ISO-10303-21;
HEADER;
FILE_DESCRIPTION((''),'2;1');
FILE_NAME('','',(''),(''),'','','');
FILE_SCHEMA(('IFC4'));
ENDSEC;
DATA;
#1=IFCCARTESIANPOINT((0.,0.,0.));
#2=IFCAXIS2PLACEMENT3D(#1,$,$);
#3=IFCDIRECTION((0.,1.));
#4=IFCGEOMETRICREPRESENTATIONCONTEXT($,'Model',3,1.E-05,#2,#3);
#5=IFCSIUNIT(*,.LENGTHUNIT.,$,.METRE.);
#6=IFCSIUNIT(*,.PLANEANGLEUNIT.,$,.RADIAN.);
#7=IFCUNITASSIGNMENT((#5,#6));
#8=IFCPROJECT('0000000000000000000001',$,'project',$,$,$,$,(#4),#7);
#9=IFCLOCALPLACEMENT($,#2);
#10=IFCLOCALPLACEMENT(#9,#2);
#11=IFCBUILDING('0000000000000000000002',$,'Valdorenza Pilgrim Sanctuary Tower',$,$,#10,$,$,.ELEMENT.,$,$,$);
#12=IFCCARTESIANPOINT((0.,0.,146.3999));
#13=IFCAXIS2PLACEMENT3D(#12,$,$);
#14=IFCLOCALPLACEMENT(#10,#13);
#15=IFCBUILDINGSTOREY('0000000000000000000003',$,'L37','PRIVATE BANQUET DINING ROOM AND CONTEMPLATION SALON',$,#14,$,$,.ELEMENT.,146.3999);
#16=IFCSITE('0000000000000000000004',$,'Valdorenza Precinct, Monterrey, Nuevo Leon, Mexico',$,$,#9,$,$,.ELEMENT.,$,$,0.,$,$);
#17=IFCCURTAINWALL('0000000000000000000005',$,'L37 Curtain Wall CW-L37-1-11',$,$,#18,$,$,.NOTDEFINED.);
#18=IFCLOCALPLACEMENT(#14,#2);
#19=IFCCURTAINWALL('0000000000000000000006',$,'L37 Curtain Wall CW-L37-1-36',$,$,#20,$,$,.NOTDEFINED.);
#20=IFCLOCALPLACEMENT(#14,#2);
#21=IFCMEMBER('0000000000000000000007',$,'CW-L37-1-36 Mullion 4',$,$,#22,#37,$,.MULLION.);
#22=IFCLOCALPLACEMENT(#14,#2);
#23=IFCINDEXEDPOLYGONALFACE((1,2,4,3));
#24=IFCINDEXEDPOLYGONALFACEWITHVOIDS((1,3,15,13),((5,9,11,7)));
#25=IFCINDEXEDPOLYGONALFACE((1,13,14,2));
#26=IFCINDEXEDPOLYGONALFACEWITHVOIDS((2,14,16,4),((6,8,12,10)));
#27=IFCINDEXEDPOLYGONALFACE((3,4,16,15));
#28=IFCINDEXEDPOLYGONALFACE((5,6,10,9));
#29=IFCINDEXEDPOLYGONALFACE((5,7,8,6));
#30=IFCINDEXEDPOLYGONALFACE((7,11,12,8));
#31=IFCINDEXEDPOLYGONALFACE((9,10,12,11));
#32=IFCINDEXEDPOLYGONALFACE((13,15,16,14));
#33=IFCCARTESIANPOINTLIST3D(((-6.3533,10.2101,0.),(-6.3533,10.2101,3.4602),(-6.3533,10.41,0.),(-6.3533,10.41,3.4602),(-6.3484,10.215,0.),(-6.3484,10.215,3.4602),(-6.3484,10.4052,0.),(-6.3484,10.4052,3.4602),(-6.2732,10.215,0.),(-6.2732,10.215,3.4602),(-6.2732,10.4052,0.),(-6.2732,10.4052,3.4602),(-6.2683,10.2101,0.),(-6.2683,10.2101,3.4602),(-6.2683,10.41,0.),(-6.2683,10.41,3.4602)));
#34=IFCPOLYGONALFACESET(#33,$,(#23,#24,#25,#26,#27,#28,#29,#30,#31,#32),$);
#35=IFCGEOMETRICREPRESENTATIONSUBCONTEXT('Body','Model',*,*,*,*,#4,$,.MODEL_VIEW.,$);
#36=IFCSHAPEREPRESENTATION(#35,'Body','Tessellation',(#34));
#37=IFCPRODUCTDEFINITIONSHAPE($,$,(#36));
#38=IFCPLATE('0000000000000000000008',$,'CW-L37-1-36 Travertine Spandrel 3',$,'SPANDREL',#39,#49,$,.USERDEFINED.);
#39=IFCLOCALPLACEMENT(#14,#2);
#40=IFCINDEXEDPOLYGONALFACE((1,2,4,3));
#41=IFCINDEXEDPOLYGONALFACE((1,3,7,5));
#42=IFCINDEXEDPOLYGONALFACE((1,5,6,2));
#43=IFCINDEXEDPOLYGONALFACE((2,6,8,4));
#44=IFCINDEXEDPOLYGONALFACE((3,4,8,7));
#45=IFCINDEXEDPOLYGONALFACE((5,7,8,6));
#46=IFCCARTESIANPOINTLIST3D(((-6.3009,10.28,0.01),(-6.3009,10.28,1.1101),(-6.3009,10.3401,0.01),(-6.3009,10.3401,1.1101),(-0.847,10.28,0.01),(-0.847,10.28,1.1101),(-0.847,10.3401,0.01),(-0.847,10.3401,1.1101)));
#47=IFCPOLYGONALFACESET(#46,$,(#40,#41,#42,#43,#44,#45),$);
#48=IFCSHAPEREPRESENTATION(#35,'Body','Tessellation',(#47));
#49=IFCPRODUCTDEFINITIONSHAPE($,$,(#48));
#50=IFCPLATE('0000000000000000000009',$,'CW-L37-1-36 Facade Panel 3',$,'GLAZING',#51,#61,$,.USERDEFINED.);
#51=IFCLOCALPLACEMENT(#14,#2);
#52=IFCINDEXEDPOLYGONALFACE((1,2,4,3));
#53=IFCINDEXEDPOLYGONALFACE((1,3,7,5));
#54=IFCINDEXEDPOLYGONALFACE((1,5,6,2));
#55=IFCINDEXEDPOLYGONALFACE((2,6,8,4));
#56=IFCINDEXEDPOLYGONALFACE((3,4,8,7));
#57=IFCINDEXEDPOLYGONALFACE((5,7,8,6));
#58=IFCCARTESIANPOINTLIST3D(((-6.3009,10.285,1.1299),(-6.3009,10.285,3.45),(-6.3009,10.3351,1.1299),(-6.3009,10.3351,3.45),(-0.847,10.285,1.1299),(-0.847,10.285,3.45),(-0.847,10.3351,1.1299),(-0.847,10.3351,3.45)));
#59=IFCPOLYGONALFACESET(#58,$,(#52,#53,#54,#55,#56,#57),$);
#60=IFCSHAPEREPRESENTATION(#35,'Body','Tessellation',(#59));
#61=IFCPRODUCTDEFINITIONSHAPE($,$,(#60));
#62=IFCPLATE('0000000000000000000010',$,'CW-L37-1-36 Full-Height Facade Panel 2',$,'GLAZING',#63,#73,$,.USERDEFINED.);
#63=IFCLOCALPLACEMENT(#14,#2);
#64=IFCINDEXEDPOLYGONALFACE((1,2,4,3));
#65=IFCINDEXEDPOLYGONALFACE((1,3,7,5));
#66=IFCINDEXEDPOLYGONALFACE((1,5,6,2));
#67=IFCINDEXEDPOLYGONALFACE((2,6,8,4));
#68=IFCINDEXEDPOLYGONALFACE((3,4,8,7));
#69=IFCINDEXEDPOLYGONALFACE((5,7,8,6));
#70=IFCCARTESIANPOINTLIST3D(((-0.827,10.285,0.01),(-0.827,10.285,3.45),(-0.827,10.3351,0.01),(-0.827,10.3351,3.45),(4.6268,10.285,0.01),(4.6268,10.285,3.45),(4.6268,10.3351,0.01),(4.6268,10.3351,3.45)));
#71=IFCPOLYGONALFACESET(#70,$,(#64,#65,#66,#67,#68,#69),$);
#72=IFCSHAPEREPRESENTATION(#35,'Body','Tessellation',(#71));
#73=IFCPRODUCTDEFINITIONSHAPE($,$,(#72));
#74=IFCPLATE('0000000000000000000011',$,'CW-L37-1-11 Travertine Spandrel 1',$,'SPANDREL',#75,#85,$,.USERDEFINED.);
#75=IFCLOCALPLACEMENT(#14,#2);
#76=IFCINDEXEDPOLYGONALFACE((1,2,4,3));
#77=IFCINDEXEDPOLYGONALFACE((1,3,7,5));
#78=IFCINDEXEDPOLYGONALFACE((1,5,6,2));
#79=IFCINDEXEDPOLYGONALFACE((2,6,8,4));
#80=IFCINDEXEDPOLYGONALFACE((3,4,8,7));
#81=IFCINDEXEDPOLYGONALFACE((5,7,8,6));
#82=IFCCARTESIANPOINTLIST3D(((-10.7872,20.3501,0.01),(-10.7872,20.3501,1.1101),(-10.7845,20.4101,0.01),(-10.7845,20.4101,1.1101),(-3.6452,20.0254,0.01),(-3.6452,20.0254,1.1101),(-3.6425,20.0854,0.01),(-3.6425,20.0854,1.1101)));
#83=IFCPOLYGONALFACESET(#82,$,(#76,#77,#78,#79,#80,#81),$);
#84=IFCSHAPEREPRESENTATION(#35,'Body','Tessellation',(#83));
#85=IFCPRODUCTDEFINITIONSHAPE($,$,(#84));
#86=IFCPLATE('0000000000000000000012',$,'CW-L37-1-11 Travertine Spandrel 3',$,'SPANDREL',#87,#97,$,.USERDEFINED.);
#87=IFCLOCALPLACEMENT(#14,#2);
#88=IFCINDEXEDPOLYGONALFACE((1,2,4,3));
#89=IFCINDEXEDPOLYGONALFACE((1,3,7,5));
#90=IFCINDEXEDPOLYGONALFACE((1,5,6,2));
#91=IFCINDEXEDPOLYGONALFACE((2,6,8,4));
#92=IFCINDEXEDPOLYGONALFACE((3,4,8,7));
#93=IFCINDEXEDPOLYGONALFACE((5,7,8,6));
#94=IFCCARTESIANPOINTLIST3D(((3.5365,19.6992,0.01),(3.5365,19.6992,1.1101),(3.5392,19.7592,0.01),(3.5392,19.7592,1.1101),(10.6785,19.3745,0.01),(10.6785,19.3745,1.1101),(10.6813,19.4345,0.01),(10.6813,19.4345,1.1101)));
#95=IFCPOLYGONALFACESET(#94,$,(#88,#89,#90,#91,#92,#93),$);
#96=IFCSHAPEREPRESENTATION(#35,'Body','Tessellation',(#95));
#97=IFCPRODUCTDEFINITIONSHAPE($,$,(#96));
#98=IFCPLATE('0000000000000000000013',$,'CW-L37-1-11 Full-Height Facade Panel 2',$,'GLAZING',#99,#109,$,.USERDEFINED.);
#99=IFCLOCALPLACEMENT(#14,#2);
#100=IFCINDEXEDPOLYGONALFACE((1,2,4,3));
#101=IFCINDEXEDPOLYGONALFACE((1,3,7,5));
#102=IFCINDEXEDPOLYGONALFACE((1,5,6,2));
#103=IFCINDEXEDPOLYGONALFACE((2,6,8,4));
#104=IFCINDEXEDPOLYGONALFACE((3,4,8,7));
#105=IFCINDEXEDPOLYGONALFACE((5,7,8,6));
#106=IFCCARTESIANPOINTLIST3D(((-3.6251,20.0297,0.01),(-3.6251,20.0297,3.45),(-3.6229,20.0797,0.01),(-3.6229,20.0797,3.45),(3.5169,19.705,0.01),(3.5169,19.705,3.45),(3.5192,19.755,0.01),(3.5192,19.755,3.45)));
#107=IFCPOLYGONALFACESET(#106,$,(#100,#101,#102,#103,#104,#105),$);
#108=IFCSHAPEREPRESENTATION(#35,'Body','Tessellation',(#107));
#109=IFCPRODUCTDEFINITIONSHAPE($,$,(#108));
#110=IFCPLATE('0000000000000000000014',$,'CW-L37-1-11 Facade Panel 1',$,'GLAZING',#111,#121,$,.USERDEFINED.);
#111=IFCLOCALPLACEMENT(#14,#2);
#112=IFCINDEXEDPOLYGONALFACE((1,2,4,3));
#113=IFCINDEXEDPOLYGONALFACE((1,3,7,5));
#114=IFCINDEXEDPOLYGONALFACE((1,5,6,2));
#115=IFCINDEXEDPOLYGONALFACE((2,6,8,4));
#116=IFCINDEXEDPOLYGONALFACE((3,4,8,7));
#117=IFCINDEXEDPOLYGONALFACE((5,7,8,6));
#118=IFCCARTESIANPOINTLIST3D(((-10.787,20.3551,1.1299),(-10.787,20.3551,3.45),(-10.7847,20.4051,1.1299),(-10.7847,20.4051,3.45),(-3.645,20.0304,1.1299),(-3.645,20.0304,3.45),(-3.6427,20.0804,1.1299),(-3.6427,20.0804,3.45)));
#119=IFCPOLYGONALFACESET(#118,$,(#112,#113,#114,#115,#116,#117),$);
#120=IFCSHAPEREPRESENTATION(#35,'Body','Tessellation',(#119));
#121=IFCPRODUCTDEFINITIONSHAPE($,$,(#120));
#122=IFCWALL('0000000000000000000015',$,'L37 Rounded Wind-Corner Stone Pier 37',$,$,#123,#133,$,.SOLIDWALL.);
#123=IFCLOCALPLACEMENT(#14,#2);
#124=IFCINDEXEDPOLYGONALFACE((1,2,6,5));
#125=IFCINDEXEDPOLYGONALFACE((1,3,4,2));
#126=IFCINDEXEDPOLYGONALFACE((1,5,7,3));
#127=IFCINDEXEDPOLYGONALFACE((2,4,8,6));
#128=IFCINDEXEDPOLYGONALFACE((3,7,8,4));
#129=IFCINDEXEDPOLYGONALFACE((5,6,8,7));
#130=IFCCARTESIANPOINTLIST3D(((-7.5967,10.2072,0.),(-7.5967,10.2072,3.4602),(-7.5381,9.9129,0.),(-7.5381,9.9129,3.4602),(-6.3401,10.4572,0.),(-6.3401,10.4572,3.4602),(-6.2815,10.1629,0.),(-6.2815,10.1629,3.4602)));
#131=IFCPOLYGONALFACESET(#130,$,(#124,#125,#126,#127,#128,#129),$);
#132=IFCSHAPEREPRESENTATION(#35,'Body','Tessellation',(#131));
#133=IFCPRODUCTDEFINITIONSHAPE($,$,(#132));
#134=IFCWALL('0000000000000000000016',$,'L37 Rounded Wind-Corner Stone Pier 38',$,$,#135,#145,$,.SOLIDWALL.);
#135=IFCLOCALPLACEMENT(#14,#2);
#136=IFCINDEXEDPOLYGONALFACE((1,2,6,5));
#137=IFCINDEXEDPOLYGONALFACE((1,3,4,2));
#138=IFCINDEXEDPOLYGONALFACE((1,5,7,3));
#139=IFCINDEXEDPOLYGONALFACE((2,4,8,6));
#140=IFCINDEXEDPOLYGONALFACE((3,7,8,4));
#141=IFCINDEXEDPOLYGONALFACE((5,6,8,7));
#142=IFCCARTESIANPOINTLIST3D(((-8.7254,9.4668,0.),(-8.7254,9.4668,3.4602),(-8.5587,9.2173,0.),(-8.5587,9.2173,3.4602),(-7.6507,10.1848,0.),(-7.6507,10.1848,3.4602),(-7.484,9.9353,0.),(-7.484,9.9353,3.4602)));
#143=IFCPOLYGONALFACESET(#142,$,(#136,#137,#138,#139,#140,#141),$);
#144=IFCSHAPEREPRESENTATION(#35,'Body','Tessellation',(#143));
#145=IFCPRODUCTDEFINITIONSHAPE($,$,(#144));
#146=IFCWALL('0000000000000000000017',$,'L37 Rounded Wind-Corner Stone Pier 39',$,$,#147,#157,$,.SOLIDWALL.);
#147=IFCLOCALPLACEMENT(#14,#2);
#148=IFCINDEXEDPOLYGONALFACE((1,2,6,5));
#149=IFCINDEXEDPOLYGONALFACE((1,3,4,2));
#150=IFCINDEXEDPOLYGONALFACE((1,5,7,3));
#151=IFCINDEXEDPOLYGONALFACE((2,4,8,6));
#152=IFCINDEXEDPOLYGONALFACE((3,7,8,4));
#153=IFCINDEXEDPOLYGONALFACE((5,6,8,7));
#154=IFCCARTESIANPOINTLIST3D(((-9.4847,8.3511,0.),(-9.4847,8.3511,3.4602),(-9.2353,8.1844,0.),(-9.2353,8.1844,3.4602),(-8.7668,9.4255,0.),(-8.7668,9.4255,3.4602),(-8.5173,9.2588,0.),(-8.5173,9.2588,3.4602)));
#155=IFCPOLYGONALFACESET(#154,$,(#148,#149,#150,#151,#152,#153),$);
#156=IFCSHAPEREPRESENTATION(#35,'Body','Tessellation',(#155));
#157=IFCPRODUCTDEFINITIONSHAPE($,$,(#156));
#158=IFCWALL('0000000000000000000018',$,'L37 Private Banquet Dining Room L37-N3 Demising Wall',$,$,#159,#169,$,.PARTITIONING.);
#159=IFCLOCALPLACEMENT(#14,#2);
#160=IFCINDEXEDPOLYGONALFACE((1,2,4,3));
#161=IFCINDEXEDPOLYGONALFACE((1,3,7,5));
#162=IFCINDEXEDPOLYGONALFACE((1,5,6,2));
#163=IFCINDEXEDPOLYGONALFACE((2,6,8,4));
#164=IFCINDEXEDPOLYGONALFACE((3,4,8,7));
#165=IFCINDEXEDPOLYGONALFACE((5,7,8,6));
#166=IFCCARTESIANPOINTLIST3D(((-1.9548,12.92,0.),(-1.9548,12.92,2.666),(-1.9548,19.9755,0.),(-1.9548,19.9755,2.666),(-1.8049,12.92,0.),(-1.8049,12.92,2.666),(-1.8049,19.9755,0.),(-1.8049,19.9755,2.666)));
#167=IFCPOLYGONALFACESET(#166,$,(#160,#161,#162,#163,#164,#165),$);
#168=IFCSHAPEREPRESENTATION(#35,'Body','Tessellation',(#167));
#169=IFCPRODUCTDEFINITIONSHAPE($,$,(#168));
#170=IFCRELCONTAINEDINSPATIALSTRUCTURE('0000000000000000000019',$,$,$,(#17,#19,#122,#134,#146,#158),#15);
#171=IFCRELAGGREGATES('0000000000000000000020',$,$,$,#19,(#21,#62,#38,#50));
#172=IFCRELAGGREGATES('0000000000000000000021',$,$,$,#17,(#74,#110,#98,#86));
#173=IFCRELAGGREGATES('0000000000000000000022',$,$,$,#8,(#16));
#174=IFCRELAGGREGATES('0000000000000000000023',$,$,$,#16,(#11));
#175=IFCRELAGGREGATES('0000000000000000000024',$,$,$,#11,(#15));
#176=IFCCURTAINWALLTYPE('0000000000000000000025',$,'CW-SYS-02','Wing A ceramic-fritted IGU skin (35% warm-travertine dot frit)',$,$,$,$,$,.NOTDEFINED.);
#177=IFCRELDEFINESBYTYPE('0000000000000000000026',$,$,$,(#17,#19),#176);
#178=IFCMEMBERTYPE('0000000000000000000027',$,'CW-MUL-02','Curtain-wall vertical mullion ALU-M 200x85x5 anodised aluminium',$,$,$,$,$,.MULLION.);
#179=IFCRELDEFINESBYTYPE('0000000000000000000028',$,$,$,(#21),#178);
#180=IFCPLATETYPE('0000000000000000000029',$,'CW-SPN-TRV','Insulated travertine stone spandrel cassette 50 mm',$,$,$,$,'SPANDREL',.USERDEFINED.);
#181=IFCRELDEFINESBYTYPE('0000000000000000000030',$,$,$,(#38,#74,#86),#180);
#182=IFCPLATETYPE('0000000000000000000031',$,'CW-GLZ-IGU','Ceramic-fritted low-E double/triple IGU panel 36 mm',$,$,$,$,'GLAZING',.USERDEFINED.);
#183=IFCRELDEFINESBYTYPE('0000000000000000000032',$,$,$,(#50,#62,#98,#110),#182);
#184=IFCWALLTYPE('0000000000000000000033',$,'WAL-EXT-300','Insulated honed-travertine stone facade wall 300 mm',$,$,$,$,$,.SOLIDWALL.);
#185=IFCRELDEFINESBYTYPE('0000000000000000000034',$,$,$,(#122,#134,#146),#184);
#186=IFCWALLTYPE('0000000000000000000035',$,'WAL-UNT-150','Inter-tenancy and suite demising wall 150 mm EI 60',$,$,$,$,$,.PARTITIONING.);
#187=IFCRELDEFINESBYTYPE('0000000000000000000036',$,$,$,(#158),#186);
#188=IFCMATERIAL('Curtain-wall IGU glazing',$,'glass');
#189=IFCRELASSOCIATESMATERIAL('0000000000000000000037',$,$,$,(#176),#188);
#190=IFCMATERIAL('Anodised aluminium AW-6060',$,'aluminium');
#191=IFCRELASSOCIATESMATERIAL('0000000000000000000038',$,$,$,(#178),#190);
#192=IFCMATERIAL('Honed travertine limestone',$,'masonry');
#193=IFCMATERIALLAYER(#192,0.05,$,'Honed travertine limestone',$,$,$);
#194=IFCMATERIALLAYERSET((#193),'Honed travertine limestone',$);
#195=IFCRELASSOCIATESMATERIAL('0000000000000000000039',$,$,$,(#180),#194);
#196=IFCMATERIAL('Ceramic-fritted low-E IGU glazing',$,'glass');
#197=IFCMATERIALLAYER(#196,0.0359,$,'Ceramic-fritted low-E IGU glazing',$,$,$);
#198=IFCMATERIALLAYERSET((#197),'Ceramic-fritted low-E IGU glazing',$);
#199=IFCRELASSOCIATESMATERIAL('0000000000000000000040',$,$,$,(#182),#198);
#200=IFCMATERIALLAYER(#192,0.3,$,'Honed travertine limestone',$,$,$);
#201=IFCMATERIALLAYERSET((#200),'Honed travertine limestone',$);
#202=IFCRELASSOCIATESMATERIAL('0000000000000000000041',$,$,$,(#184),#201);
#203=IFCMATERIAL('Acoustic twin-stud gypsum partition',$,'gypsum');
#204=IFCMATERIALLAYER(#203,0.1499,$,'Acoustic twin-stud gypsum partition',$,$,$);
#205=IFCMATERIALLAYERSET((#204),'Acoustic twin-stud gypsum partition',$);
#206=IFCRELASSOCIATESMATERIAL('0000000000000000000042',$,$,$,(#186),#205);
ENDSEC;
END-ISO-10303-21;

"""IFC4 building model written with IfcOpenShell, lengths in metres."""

from ifc_helpers import new_model, si_unit, direction, frame, frame_2d, origin, origin_2d, place, context, subcontext, project, spatial, rectangle, hollow_rectangle, extrude, source, transform, mapped, material, layer, layer_set, material_profile, profile_set, type_object, element, aggregate, save


model = new_model("IFC4")

# Units and contexts
model_context = context("Model", 3, precision=1e-05, world=origin(), true_north=direction((0.0, 1.0)))
body_context = subcontext(model_context, "Body", "Model", "MODEL_VIEW")
ifc_project = project(units=[si_unit("LENGTHUNIT", "METRE"), si_unit("PLANEANGLEUNIT", "RADIAN")], contexts=[model_context])

# Site, building, storey
site_placement = place(None, origin())
site = spatial("IfcSite", under=ifc_project, at=site_placement, Name="Valdorenza Precinct, Monterrey, Nuevo Leon, Mexico", CompositionType="ELEMENT", RefElevation=0.0)
building_placement = place(site_placement, origin())
building = spatial("IfcBuilding", under=site, at=building_placement, Name="Valdorenza Pilgrim Sanctuary Tower", CompositionType="ELEMENT")
storey_placement = place(building_placement, frame((0.0, 0.0, 146.3999)))
storey = spatial("IfcBuildingStorey", under=building, at=storey_placement, Name="L37", Description="PRIVATE BANQUET DINING ROOM AND CONTEMPLATION SALON", CompositionType="ELEMENT", Elevation=146.3999)

# Curtain wall
ifc_material_1 = material(Name="Curtain-wall IGU glazing", Category="glass")
curtain_wall_type = type_object("IfcCurtainWallType", Name="CW-SYS-02", Description="Wing A ceramic-fritted IGU skin (35% warm-travertine dot frit)", PredefinedType="NOTDEFINED", material=ifc_material_1)
curtain_wall_1_placement = place(storey_placement, origin())
curtain_wall_1 = element("IfcCurtainWall", 1, at=curtain_wall_1_placement, inside=storey, type_object=curtain_wall_type, Name="L37 Curtain Wall CW-L37-1-11", PredefinedType="NOTDEFINED")
ifc_material_2 = material(Name="Anodised aluminium AW-6060", Category="aluminium")
ifc_material_profile_1 = material_profile(ifc_material_2, hollow_rectangle(XDim=0.085, YDim=0.2, WallThickness=0.0049, at=origin_2d()), Name="ALU-M 200x85x5")
ifc_profile_set_1 = profile_set([ifc_material_profile_1], Name="Anodised aluminium AW-6060")
member_type = type_object("IfcMemberType", Name="CW-MUL-02", Description="Curtain-wall vertical mullion ALU-M 200x85x5 anodised aluminium", PredefinedType="MULLION", material=ifc_profile_set_1)
shared_shape_1 = source(origin(), body_context, "Body", "SweptSolid", [
    extrude(hollow_rectangle(XDim=0.085, YDim=0.2, WallThickness=0.0049, at=origin_2d()), origin(), (0.0, 0.0, 1.0), 3.4602),
])

# Curtain wall, member, plates
curtain_wall_2_placement = place(storey_placement, origin())
curtain_wall_2 = element("IfcCurtainWall", 2, at=curtain_wall_2_placement, inside=storey, type_object=curtain_wall_type, Name="L37 Curtain Wall CW-L37-1-36", PredefinedType="NOTDEFINED")
member_1_placement = place(storey_placement, frame((-6.3108, 10.3101, 0.0), z_axis=(0.0, 0.0, 1.0), x_axis=(-1.0, 0.0, 0.0)))
member_1 = element("IfcMember", 3, at=member_1_placement, type_object=member_type, Name="CW-L37-1-36 Mullion 4", PredefinedType="MULLION", context=body_context, shape_type="MappedRepresentation", body=[
    mapped(shared_shape_1, transform((0.0, 0.0, 0.0), x_axis=(1.0, 0.0, 0.0), y_axis=(0.0, 1.0, 0.0), z_axis=(0.0, 0.0, 1.0), scale=1.0)),
])
ifc_material_3 = material(Name="Honed travertine limestone", Category="masonry")
ifc_layer_1 = layer(ifc_material_3, 0.05, Name="Honed travertine limestone")
ifc_layer_set_1 = layer_set([ifc_layer_1], Name="Honed travertine limestone")
plate_type_1 = type_object("IfcPlateType", Name="CW-SPN-TRV", Description="Insulated travertine stone spandrel cassette 50 mm", ElementType="SPANDREL", PredefinedType="USERDEFINED", material=ifc_layer_set_1)
shared_shape_2 = source(origin(), body_context, "Body", "SweptSolid", [
    extrude(rectangle(XDim=5.4539, YDim=0.0601, at=origin_2d()), origin(), (0.0, 0.0, 1.0), 1.1001),
])
plate_1_placement = place(storey_placement, frame((-3.574, 10.3101, 0.01), z_axis=(0.0, 0.0, 1.0), x_axis=(-1.0, 0.0, 0.0)))
plate_1 = element("IfcPlate", 4, at=plate_1_placement, type_object=plate_type_1, Name="CW-L37-1-36 Travertine Spandrel 3", ObjectType="SPANDREL", PredefinedType="USERDEFINED", context=body_context, shape_type="MappedRepresentation", body=[
    mapped(shared_shape_2, transform((0.0, 0.0, 0.0), x_axis=(1.0, 0.0, 0.0), y_axis=(0.0, 1.0, 0.0), z_axis=(0.0, 0.0, 1.0), scale=1.0)),
])
ifc_material_4 = material(Name="Ceramic-fritted low-E IGU glazing", Category="glass")
ifc_layer_2 = layer(ifc_material_4, 0.0359, Name="Ceramic-fritted low-E IGU glazing")
ifc_layer_set_2 = layer_set([ifc_layer_2], Name="Ceramic-fritted low-E IGU glazing")
plate_type_2 = type_object("IfcPlateType", Name="CW-GLZ-IGU", Description="Ceramic-fritted low-E double/triple IGU panel 36 mm", ElementType="GLAZING", PredefinedType="USERDEFINED", material=ifc_layer_set_2)
shared_shape_3 = source(origin(), body_context, "Body", "SweptSolid", [
    extrude(rectangle(XDim=5.4539, YDim=0.05, at=origin_2d()), origin(), (0.0, 0.0, 1.0), 2.3201),
])
plate_2_placement = place(storey_placement, frame((-3.574, 10.3101, 1.1299), z_axis=(0.0, 0.0, 1.0), x_axis=(-1.0, 0.0, 0.0)))
plate_2 = element("IfcPlate", 5, at=plate_2_placement, type_object=plate_type_2, Name="CW-L37-1-36 Facade Panel 3", ObjectType="GLAZING", PredefinedType="USERDEFINED", context=body_context, shape_type="MappedRepresentation", body=[
    mapped(shared_shape_3, transform((0.0, 0.0, 0.0), x_axis=(1.0, 0.0, 0.0), y_axis=(0.0, 1.0, 0.0), z_axis=(0.0, 0.0, 1.0), scale=1.0)),
])
shared_shape_4 = source(origin(), body_context, "Body", "SweptSolid", [
    extrude(rectangle(XDim=5.4539, YDim=0.05, at=origin_2d()), origin(), (0.0, 0.0, 1.0), 3.4399),
])
plate_3_placement = place(storey_placement, frame((1.8999, 10.3101, 0.01), z_axis=(0.0, 0.0, 1.0), x_axis=(-1.0, 0.0, 0.0)))
plate_3 = element("IfcPlate", 6, at=plate_3_placement, type_object=plate_type_2, Name="CW-L37-1-36 Full-Height Facade Panel 2", ObjectType="GLAZING", PredefinedType="USERDEFINED", context=body_context, shape_type="MappedRepresentation", body=[
    mapped(shared_shape_4, transform((0.0, 0.0, 0.0), x_axis=(1.0, 0.0, 0.0), y_axis=(0.0, 1.0, 0.0), z_axis=(0.0, 0.0, 1.0), scale=1.0)),
])
aggregate(curtain_wall_2, [member_1, plate_3, plate_1, plate_2])

# Plates
shared_shape_5 = source(origin(), body_context, "Body", "SweptSolid", [
    extrude(rectangle(XDim=7.1494, YDim=0.0601, at=origin_2d()), origin(), (0.0, 0.0, 1.0), 1.1001),
])
plate_4_placement = place(storey_placement, frame((-7.2148, 20.2178, 0.01), z_axis=(0.0, 0.0, 1.0), x_axis=(0.998968, -0.045415, 0.0)))
plate_4 = element("IfcPlate", 7, at=plate_4_placement, type_object=plate_type_1, Name="CW-L37-1-11 Travertine Spandrel 1", ObjectType="SPANDREL", PredefinedType="USERDEFINED", context=body_context, shape_type="MappedRepresentation", body=[
    mapped(shared_shape_5, transform((0.0, 0.0, 0.0), x_axis=(1.0, 0.0, 0.0), y_axis=(0.0, 1.0, 0.0), z_axis=(0.0, 0.0, 1.0), scale=1.0)),
])
plate_5_placement = place(storey_placement, frame((7.1089, 19.5669, 0.01), z_axis=(0.0, 0.0, 1.0), x_axis=(0.998968, -0.045415, 0.0)))
plate_5 = element("IfcPlate", 8, at=plate_5_placement, type_object=plate_type_1, Name="CW-L37-1-11 Travertine Spandrel 3", ObjectType="SPANDREL", PredefinedType="USERDEFINED", context=body_context, shape_type="MappedRepresentation", body=[
    mapped(shared_shape_5, transform((0.0, 0.0, 0.0), x_axis=(1.0, 0.0, 0.0), y_axis=(0.0, 1.0, 0.0), z_axis=(0.0, 0.0, 1.0), scale=1.0)),
])
shared_shape_6 = source(origin(), body_context, "Body", "SweptSolid", [
    extrude(rectangle(XDim=7.1494, YDim=0.05, at=origin_2d()), origin(), (0.0, 0.0, 1.0), 3.4399),
])
plate_6_placement = place(storey_placement, frame((-0.053, 19.8923, 0.01), z_axis=(0.0, 0.0, 1.0), x_axis=(0.998968, -0.045415, 0.0)))
plate_6 = element("IfcPlate", 9, at=plate_6_placement, type_object=plate_type_2, Name="CW-L37-1-11 Full-Height Facade Panel 2", ObjectType="GLAZING", PredefinedType="USERDEFINED", context=body_context, shape_type="MappedRepresentation", body=[
    mapped(shared_shape_6, transform((0.0, 0.0, 0.0), x_axis=(1.0, 0.0, 0.0), y_axis=(0.0, 1.0, 0.0), z_axis=(0.0, 0.0, 1.0), scale=1.0)),
])
shared_shape_7 = source(origin(), body_context, "Body", "SweptSolid", [
    extrude(rectangle(XDim=7.1494, YDim=0.05, at=origin_2d()), origin(), (0.0, 0.0, 1.0), 2.3201),
])
plate_7_placement = place(storey_placement, frame((-7.2148, 20.2178, 1.1299), z_axis=(0.0, 0.0, 1.0), x_axis=(0.998968, -0.045415, 0.0)))
plate_7 = element("IfcPlate", 10, at=plate_7_placement, type_object=plate_type_2, Name="CW-L37-1-11 Facade Panel 1", ObjectType="GLAZING", PredefinedType="USERDEFINED", context=body_context, shape_type="MappedRepresentation", body=[
    mapped(shared_shape_7, transform((0.0, 0.0, 0.0), x_axis=(1.0, 0.0, 0.0), y_axis=(0.0, 1.0, 0.0), z_axis=(0.0, 0.0, 1.0), scale=1.0)),
])
aggregate(curtain_wall_1, [plate_4, plate_7, plate_6, plate_5])

# Walls
ifc_layer_3 = layer(ifc_material_3, 0.3, Name="Honed travertine limestone")
ifc_layer_set_3 = layer_set([ifc_layer_3], Name="Honed travertine limestone")
wall_type_1 = type_object("IfcWallType", Name="WAL-EXT-300", Description="Insulated honed-travertine stone facade wall 300 mm", PredefinedType="SOLIDWALL", material=ifc_layer_set_3)
wall_1_placement = place(storey_placement, frame((-6.3108, 10.3101, 0.0), z_axis=(0.0, 0.0, 1.0), x_axis=(-0.980778, -0.195127, 0.0)))
element("IfcWall", 11, at=wall_1_placement, inside=storey, type_object=wall_type_1, Name="L37 Rounded Wind-Corner Stone Pier 37", PredefinedType="SOLIDWALL", context=body_context, shape_type="SweptSolid", body=[
    extrude(rectangle(XDim=1.2812, YDim=0.3, at=frame_2d((0.6406, 0.0))), origin(), (0.0, 0.0, 1.0), 3.4602),
])
wall_2_placement = place(storey_placement, frame((-7.5674, 10.0601, 0.0), z_axis=(0.0, 0.0, 1.0), x_axis=(-0.831498, -0.555528, 0.0)))
element("IfcWall", 12, at=wall_2_placement, inside=storey, type_object=wall_type_1, Name="L37 Rounded Wind-Corner Stone Pier 38", PredefinedType="SOLIDWALL", context=body_context, shape_type="SweptSolid", body=[
    extrude(rectangle(XDim=1.2925, YDim=0.3, at=frame_2d((0.6462, 0.0))), origin(), (0.0, 0.0, 1.0), 3.4602),
])
wall_3_placement = place(storey_placement, frame((-8.6421, 9.342, 0.0), z_axis=(0.0, 0.0, 1.0), x_axis=(-0.555615, -0.831439, 0.0)))
element("IfcWall", 13, at=wall_3_placement, inside=storey, type_object=wall_type_1, Name="L37 Rounded Wind-Corner Stone Pier 39", PredefinedType="SOLIDWALL", context=body_context, shape_type="SweptSolid", body=[
    extrude(rectangle(XDim=1.2922, YDim=0.3, at=frame_2d((0.646, 0.0))), origin(), (0.0, 0.0, 1.0), 3.4602),
])
ifc_material_5 = material(Name="Acoustic twin-stud gypsum partition", Category="gypsum")
ifc_layer_4 = layer(ifc_material_5, 0.1499, Name="Acoustic twin-stud gypsum partition")
ifc_layer_set_4 = layer_set([ifc_layer_4], Name="Acoustic twin-stud gypsum partition")
wall_type_2 = type_object("IfcWallType", Name="WAL-UNT-150", Description="Inter-tenancy and suite demising wall 150 mm EI 60", PredefinedType="PARTITIONING", material=ifc_layer_set_4)
wall_4_placement = place(storey_placement, frame((-1.8799, 12.9199, 0.0), z_axis=(0.0, 0.0, 1.0), x_axis=(0.0, 1.0, 0.0)))
element("IfcWall", 14, at=wall_4_placement, inside=storey, type_object=wall_type_2, Name="L37 Private Banquet Dining Room L37-N3 Demising Wall", PredefinedType="PARTITIONING", context=body_context, shape_type="SweptSolid", body=[
    extrude(rectangle(XDim=7.0554, YDim=0.1499, at=frame_2d((3.5278, 0.0))), origin(), (0.0, 0.0, 1.0), 2.666),
])

save(model, "model.ifc")
